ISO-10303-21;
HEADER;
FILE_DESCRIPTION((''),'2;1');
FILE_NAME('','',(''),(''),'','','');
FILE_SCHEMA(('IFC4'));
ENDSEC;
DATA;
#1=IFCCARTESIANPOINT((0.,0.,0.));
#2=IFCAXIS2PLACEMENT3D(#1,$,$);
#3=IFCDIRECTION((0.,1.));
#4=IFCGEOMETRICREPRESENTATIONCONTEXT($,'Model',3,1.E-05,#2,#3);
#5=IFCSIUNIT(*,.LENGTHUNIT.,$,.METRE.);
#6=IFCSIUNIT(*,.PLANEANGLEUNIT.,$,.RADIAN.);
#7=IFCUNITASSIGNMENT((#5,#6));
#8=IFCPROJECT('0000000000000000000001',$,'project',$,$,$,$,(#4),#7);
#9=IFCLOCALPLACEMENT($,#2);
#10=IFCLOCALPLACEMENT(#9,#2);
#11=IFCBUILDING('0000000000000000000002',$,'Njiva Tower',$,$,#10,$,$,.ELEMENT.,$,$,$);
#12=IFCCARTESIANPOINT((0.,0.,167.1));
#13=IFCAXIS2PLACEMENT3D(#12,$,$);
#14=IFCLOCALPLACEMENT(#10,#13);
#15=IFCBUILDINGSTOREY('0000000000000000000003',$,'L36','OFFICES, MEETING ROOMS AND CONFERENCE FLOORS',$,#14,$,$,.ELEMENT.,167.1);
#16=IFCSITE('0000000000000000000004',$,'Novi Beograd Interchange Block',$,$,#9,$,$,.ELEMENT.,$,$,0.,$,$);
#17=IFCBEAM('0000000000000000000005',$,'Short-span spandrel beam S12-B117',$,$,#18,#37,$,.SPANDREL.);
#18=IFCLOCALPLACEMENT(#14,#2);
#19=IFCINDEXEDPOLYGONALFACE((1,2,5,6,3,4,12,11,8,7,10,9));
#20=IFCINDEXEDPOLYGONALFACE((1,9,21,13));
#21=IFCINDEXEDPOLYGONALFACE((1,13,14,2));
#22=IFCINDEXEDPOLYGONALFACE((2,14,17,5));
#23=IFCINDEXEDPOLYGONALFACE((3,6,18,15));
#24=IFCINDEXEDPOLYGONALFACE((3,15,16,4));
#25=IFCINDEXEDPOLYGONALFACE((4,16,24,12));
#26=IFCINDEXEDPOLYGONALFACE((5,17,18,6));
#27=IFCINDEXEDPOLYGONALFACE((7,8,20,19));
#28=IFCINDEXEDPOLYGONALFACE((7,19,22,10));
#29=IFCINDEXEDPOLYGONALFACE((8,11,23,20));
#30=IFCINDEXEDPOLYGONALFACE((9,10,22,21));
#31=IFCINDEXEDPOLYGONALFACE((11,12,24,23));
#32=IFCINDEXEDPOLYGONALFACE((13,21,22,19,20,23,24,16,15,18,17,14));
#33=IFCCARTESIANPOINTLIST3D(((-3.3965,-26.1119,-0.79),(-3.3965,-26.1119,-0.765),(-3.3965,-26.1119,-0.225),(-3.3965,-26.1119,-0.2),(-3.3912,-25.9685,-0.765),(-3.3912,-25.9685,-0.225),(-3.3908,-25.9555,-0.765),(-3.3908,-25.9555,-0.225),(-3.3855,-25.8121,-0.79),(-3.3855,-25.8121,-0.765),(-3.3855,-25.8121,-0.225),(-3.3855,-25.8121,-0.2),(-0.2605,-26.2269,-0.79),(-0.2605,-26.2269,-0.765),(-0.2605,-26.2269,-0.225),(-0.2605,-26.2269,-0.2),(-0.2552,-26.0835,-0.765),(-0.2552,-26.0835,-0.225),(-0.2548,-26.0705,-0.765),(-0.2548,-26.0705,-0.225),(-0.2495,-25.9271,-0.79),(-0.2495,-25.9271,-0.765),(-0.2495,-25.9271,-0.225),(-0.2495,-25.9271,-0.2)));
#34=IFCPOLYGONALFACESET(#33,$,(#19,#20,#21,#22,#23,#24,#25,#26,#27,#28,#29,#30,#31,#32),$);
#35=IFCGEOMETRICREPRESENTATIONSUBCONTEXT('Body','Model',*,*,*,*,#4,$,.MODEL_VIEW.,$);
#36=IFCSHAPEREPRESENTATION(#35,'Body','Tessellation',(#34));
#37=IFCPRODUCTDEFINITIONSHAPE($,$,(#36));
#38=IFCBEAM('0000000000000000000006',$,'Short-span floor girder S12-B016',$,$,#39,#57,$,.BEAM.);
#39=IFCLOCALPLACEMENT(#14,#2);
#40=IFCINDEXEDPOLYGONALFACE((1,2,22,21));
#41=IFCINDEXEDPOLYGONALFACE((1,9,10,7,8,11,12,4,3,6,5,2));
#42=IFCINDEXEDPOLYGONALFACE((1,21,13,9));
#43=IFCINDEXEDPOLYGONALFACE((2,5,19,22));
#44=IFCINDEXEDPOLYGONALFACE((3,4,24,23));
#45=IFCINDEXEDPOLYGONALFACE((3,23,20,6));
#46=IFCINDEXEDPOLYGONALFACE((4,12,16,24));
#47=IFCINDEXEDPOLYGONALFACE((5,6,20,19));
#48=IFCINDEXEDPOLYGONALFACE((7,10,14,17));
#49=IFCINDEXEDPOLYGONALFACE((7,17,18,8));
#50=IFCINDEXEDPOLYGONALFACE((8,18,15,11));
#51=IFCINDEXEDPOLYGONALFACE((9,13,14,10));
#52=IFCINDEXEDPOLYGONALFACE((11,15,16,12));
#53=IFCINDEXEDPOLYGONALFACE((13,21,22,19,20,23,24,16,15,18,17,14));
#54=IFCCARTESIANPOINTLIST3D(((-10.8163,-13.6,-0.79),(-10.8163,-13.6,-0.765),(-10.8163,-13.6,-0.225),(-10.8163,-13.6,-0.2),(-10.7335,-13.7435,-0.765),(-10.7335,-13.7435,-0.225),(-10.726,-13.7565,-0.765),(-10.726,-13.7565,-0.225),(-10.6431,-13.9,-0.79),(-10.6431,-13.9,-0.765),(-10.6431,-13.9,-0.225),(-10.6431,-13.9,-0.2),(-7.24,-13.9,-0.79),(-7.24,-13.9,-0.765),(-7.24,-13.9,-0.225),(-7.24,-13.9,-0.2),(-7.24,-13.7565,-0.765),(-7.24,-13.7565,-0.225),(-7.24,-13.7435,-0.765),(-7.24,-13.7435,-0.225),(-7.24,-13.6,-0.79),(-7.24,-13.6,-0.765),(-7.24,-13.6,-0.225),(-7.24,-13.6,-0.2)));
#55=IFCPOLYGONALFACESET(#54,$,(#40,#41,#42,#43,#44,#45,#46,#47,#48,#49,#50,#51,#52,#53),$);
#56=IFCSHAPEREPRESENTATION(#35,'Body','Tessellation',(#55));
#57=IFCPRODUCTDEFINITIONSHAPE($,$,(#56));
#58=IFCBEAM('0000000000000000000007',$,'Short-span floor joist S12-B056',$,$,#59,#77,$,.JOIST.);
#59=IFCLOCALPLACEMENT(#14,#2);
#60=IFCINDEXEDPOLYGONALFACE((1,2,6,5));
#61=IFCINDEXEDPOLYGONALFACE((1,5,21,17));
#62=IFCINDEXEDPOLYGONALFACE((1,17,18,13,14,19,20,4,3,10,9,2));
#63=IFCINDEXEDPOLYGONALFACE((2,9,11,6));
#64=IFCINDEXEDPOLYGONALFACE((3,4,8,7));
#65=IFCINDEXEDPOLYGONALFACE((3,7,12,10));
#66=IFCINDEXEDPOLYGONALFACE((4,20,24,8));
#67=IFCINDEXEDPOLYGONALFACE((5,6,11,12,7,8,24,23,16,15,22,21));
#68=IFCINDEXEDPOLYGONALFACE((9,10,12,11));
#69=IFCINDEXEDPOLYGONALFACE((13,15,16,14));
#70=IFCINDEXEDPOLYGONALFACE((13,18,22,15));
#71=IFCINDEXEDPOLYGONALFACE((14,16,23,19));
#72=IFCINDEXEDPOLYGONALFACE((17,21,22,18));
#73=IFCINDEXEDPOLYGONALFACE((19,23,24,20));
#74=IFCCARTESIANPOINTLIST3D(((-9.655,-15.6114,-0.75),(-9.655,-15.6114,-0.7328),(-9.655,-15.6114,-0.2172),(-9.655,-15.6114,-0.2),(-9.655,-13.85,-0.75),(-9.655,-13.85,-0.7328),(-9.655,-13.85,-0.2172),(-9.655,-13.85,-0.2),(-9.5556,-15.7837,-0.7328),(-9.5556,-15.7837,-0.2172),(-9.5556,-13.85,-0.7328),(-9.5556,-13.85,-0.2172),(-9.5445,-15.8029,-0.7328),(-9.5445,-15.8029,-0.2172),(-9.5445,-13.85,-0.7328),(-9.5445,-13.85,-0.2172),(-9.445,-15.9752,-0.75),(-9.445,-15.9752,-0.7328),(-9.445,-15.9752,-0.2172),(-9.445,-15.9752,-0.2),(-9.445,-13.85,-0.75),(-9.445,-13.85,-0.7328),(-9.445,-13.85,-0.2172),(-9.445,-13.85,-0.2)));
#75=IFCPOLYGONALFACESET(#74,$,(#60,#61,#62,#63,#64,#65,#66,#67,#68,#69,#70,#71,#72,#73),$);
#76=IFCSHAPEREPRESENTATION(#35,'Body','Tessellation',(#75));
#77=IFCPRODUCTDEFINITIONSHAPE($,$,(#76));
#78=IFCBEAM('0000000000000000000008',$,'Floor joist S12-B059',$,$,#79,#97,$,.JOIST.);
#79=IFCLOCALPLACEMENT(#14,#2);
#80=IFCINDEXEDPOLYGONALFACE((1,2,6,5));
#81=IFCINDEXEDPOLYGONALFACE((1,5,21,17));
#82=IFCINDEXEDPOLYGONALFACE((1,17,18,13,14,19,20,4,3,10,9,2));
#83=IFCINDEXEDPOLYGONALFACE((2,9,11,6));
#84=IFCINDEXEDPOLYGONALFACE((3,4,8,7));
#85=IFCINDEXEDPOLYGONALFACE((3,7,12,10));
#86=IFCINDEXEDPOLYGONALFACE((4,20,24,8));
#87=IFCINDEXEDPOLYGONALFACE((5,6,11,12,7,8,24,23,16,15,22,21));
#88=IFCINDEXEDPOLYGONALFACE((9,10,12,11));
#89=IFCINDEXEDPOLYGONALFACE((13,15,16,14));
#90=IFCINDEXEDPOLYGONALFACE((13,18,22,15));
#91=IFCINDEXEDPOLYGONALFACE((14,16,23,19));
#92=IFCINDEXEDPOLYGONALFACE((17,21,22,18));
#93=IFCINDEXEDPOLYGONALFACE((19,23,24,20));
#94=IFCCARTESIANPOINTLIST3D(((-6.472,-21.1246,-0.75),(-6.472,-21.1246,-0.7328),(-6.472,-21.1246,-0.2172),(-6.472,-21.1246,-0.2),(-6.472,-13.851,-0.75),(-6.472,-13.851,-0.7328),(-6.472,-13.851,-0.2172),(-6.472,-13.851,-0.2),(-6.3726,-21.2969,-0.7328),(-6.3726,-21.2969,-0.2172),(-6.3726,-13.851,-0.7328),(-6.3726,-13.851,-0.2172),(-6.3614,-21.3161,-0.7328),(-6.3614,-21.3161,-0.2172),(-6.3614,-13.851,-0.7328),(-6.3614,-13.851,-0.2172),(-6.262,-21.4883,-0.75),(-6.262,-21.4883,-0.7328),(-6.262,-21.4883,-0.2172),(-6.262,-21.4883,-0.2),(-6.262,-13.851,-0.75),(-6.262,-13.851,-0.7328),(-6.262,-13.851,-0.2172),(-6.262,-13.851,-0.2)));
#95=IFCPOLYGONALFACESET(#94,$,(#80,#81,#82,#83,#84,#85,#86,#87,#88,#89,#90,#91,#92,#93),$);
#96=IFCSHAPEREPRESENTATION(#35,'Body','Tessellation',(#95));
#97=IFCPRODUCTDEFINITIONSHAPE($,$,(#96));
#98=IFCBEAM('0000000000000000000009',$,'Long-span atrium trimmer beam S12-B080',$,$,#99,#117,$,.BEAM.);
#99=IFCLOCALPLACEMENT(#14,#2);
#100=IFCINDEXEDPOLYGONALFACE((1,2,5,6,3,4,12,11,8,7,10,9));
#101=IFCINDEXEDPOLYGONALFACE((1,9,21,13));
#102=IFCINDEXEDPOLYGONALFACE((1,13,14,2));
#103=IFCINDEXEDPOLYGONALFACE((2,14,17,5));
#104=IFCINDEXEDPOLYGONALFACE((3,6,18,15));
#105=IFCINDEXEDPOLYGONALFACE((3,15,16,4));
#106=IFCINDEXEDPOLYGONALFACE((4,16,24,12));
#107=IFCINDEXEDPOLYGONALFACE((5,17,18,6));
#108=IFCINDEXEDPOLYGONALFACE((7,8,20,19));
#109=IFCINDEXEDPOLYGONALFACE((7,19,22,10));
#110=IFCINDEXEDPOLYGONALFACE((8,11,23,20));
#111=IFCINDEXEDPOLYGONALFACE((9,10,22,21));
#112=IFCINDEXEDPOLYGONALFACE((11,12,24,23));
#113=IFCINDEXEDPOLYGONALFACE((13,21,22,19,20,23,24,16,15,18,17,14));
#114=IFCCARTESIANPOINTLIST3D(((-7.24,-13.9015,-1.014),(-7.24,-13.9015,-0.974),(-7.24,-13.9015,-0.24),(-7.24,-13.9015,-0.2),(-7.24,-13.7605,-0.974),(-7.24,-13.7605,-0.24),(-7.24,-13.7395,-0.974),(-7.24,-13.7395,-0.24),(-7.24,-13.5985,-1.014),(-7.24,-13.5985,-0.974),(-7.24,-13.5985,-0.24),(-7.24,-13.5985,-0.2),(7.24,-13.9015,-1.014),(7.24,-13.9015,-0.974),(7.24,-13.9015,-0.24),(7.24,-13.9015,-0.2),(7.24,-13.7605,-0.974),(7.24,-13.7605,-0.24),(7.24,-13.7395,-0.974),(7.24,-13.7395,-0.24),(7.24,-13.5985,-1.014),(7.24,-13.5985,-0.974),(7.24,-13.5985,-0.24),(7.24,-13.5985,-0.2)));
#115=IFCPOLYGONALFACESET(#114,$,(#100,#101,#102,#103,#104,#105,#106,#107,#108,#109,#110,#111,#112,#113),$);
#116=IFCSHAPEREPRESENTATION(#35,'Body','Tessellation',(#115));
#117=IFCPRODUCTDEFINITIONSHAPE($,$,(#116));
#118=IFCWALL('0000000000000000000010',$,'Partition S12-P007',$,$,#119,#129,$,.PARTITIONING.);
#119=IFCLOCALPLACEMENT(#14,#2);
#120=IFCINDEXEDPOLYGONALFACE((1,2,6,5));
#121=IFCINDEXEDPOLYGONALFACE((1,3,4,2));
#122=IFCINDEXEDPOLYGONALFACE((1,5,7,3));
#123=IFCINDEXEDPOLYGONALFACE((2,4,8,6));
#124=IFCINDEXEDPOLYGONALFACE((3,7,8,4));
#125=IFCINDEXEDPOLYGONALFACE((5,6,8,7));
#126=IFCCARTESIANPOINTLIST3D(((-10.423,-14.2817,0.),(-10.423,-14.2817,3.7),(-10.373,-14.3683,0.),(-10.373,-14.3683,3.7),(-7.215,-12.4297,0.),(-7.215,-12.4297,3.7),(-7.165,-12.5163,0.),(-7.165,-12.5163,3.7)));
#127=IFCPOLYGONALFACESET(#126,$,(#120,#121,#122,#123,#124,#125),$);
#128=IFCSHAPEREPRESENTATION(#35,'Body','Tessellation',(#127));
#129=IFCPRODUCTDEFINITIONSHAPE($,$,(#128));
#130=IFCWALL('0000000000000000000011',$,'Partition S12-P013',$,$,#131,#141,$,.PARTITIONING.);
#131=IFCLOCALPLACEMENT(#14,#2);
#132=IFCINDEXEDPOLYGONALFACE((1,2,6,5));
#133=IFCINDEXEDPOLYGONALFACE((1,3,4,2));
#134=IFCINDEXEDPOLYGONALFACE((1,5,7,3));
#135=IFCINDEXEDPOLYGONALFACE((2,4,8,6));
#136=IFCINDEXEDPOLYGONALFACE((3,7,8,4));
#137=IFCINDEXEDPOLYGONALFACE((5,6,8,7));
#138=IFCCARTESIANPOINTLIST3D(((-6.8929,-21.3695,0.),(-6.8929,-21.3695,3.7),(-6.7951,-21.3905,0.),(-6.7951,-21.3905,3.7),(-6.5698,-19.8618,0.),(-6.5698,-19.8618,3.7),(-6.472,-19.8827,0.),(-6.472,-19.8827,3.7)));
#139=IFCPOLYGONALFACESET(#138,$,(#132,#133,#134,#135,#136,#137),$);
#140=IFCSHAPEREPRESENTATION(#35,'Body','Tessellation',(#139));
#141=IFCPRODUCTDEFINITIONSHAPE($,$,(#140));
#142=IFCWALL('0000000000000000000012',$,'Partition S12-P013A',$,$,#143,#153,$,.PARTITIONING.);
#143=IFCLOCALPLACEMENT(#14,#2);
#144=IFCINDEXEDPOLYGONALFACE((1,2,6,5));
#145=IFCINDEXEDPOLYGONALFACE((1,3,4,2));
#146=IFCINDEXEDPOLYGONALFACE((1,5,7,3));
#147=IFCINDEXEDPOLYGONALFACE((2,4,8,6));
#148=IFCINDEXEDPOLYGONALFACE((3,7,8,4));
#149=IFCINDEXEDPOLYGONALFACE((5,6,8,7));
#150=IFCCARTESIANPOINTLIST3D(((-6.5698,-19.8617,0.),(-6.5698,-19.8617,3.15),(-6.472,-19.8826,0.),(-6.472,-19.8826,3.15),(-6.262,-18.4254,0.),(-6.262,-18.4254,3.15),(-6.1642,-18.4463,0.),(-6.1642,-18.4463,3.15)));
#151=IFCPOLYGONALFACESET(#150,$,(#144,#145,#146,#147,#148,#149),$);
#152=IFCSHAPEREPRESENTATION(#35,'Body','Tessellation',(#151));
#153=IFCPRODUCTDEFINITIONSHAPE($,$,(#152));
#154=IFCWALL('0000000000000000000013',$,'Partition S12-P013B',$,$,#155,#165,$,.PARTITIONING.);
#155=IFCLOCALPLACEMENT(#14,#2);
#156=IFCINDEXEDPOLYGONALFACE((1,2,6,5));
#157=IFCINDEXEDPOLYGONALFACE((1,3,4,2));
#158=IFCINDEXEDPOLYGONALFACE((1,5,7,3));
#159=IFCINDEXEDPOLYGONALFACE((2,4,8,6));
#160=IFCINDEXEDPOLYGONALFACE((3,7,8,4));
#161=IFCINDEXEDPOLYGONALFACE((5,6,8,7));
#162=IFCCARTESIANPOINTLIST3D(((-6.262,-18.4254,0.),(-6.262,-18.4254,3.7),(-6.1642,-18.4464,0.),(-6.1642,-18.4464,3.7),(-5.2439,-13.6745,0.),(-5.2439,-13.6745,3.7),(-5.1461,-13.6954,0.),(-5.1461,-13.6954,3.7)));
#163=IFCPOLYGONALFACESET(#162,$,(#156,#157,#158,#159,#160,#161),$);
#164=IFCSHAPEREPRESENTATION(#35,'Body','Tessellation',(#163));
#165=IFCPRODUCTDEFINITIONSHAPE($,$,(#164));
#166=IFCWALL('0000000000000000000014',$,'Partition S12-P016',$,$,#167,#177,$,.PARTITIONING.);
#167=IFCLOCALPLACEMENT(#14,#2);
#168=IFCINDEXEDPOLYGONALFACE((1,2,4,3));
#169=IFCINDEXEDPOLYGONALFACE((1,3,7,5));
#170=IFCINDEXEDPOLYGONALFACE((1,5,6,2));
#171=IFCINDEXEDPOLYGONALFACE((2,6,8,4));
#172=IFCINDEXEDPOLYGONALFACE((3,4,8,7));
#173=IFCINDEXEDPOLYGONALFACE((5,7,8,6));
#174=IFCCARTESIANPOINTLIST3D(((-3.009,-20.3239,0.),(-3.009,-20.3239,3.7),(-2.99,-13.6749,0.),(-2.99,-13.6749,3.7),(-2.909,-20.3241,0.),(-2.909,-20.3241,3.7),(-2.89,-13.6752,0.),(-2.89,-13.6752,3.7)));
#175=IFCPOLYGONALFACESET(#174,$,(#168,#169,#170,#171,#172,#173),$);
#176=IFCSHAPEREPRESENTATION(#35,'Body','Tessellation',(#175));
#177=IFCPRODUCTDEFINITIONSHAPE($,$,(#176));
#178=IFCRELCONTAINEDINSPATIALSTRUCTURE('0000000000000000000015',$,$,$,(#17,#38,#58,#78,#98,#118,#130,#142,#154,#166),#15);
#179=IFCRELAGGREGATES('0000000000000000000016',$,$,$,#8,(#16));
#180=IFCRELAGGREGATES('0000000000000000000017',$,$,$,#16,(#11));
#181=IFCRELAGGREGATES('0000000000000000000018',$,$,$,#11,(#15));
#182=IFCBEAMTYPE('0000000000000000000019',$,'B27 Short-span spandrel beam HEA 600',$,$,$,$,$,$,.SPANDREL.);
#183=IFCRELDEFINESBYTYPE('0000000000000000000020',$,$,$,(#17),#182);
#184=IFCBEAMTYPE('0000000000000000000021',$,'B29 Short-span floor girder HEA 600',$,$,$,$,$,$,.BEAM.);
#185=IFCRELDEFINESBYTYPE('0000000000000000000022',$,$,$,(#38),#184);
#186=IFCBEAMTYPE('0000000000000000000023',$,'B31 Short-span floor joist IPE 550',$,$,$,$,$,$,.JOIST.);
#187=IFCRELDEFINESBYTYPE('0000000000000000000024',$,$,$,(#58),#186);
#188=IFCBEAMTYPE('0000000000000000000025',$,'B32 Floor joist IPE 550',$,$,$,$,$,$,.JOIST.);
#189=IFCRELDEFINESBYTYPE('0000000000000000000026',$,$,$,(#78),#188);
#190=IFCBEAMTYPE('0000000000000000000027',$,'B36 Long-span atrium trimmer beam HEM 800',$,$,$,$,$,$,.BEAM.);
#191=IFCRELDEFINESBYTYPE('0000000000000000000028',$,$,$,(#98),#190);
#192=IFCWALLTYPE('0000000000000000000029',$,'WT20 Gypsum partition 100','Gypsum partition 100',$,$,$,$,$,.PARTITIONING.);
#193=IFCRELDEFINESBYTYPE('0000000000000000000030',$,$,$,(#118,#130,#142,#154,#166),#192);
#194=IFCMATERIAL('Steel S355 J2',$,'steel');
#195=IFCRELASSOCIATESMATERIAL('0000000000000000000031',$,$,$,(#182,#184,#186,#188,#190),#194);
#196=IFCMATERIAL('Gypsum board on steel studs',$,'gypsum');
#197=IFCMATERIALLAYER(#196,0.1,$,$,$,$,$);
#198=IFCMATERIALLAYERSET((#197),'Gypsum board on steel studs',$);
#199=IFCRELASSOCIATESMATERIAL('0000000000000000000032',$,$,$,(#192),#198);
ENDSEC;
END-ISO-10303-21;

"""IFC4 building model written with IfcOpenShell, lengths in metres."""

from ifc_helpers import new_model, si_unit, direction, frame, frame_2d, origin, origin_2d, place, context, subcontext, project, spatial, rectangle, i_section, extrude, clip, halfspace, material, layer, layer_set, material_profile, profile_set, type_object, element, save


model = new_model("IFC4")

# Units and contexts
model_context = context("Model", 3, precision=1e-05, world=origin(), true_north=direction((0.0, 1.0)))
body_context = subcontext(model_context, "Body", "Model", "MODEL_VIEW")
ifc_project = project(units=[si_unit("LENGTHUNIT", "METRE"), si_unit("PLANEANGLEUNIT", "RADIAN")], contexts=[model_context])

# Site, building, storey
site_placement = place(None, origin())
site = spatial("IfcSite", under=ifc_project, at=site_placement, Name="Novi Beograd Interchange Block", CompositionType="ELEMENT", RefElevation=0.0)
building_placement = place(site_placement, origin())
building = spatial("IfcBuilding", under=site, at=building_placement, Name="Njiva Tower", CompositionType="ELEMENT")
storey_placement = place(building_placement, frame((0.0, 0.0, 167.1)))
storey = spatial("IfcBuildingStorey", under=building, at=storey_placement, Name="L36", Description="OFFICES, MEETING ROOMS AND CONFERENCE FLOORS", CompositionType="ELEMENT", Elevation=167.1)

# Shared definitions
ifc_material_1 = material(Name="Steel S355 J2", Category="steel")

# Beams
ifc_material_profile_1 = material_profile(ifc_material_1, i_section(OverallWidth=0.3, OverallDepth=0.59, WebThickness=0.013, FlangeThickness=0.025, at=origin_2d()), Name="HEA 600")
ifc_profile_set_1 = profile_set([ifc_material_profile_1], Name="Steel S355 J2")
beam_type_1 = type_object("IfcBeamType", Name="B27 Short-span spandrel beam HEA 600", PredefinedType="SPANDREL", material=ifc_profile_set_1)
beam_1_placement = place(storey_placement, frame((-3.391, -25.962, -0.495), z_axis=(0.999328, -0.036646, 0.0), x_axis=(0.036646, 0.999328, 0.0)))
element("IfcBeam", 1, at=beam_1_placement, inside=storey, type_object=beam_type_1, Name="Short-span spandrel beam S12-B117", PredefinedType="SPANDREL", context=body_context, shape_type="SweptSolid", body=[
    extrude(i_section(OverallWidth=0.3, OverallDepth=0.59, WebThickness=0.013, FlangeThickness=0.025, at=origin_2d()), origin(), (0.0, 0.0, 1.0), 3.1381),
])
ifc_material_profile_2 = material_profile(ifc_material_1, i_section(OverallWidth=0.3, OverallDepth=0.59, WebThickness=0.013, FlangeThickness=0.025, at=origin_2d()), Name="HEA 600")
ifc_profile_set_2 = profile_set([ifc_material_profile_2], Name="Steel S355 J2")
beam_type_2 = type_object("IfcBeamType", Name="B29 Short-span floor girder HEA 600", PredefinedType="BEAM", material=ifc_profile_set_2)
beam_2_placement = place(storey_placement, frame((-10.837, -13.75, -0.495), z_axis=(1.0, 0.0, 0.0), x_axis=(0.0, 1.0, 0.0)))
element("IfcBeam", 2, at=beam_2_placement, inside=storey, type_object=beam_type_2, Name="Short-span floor girder S12-B016", PredefinedType="BEAM", context=body_context, shape_type="Clipping", body=[
    clip(extrude(i_section(OverallWidth=0.3, OverallDepth=0.59, WebThickness=0.013, FlangeThickness=0.025, at=origin_2d()), origin(), (0.0, 0.0, 1.0), 3.597), halfspace(frame((-0.025, 0.0, 0.1217), z_axis=(-0.499998, 0.0, -0.866027), x_axis=(0.0, -1.0, 0.0)), False)),
])
ifc_material_profile_3 = material_profile(ifc_material_1, i_section(OverallWidth=0.21, OverallDepth=0.55, WebThickness=0.0111, FlangeThickness=0.0172, at=origin_2d()), Name="IPE 550")
ifc_profile_set_3 = profile_set([ifc_material_profile_3], Name="Steel S355 J2")
beam_type_3 = type_object("IfcBeamType", Name="B31 Short-span floor joist IPE 550", PredefinedType="JOIST", material=ifc_profile_set_3)
beam_3_placement = place(storey_placement, frame((-9.55, -13.85, -0.475), z_axis=(0.0, -1.0, 0.0), x_axis=(1.0, 0.0, 0.0)))
element("IfcBeam", 3, at=beam_3_placement, inside=storey, type_object=beam_type_3, Name="Short-span floor joist S12-B056", PredefinedType="JOIST", context=body_context, shape_type="Clipping", body=[
    clip(extrude(i_section(OverallWidth=0.21, OverallDepth=0.55, WebThickness=0.0111, FlangeThickness=0.0172, at=origin_2d()), origin(), (0.0, 0.0, 1.0), 2.145), halfspace(frame((-0.0433, 0.0, 1.8683), z_axis=(-0.866027, 0.0, 0.499998), x_axis=(0.0, 1.0, 0.0)), False)),
])
ifc_material_profile_4 = material_profile(ifc_material_1, i_section(OverallWidth=0.21, OverallDepth=0.55, WebThickness=0.0111, FlangeThickness=0.0172, at=origin_2d()), Name="IPE 550")
ifc_profile_set_4 = profile_set([ifc_material_profile_4], Name="Steel S355 J2")
beam_type_4 = type_object("IfcBeamType", Name="B32 Floor joist IPE 550", PredefinedType="JOIST", material=ifc_profile_set_4)
beam_4_placement = place(storey_placement, frame((-6.367, -13.851, -0.475), z_axis=(0.0, -1.0, 0.0), x_axis=(1.0, 0.0, 0.0)))
element("IfcBeam", 4, at=beam_4_placement, inside=storey, type_object=beam_type_4, Name="Floor joist S12-B059", PredefinedType="JOIST", context=body_context, shape_type="Clipping", body=[
    clip(extrude(i_section(OverallWidth=0.21, OverallDepth=0.55, WebThickness=0.0111, FlangeThickness=0.0172, at=origin_2d()), origin(), (0.0, 0.0, 1.0), 7.658), halfspace(frame((-0.043, 0.0, 7.381), z_axis=(-0.866027, 0.0, 0.499998), x_axis=(0.0, 1.0, 0.0)), False)),
])
ifc_material_profile_5 = material_profile(ifc_material_1, i_section(OverallWidth=0.303, OverallDepth=0.814, WebThickness=0.021, FlangeThickness=0.04, at=origin_2d()), Name="HEM 800")
ifc_profile_set_5 = profile_set([ifc_material_profile_5], Name="Steel S355 J2")
beam_type_5 = type_object("IfcBeamType", Name="B36 Long-span atrium trimmer beam HEM 800", PredefinedType="BEAM", material=ifc_profile_set_5)
beam_5_placement = place(storey_placement, frame((-7.24, -13.75, -0.607), z_axis=(1.0, 0.0, 0.0), x_axis=(0.0, 1.0, 0.0)))
element("IfcBeam", 5, at=beam_5_placement, inside=storey, type_object=beam_type_5, Name="Long-span atrium trimmer beam S12-B080", PredefinedType="BEAM", context=body_context, shape_type="SweptSolid", body=[
    extrude(i_section(OverallWidth=0.303, OverallDepth=0.814, WebThickness=0.021, FlangeThickness=0.04, at=origin_2d()), origin(), (0.0, 0.0, 1.0), 14.48),
])

# Walls
ifc_material_2 = material(Name="Gypsum board on steel studs", Category="gypsum")
ifc_layer_1 = layer(ifc_material_2, 0.1)
ifc_layer_set_1 = layer_set([ifc_layer_1], Name="Gypsum board on steel studs")
wall_type_1 = type_object("IfcWallType", Name="WT20 Gypsum partition 100", Description="Gypsum partition 100", PredefinedType="PARTITIONING", material=ifc_layer_set_1)
wall_1_placement = place(storey_placement, frame((-10.398, -14.325, 0.0), z_axis=(0.0, 0.0, 1.0), x_axis=(0.866042, 0.499972, 0.0)))
element("IfcWall", 6, at=wall_1_placement, inside=storey, type_object=wall_type_1, Name="Partition S12-P007", PredefinedType="PARTITIONING", context=body_context, shape_type="SweptSolid", body=[
    extrude(rectangle(XDim=3.7042, YDim=0.1, at=frame_2d((1.8521, 0.0))), origin(), (0.0, 0.0, 1.0), 3.7),
])
wall_2_placement = place(storey_placement, frame((-6.844, -21.38, 0.0), z_axis=(0.0, 0.0, 1.0), x_axis=(0.209529, 0.977802, 0.0)))
element("IfcWall", 7, at=wall_2_placement, inside=storey, type_object=wall_type_1, Name="Partition S12-P013", PredefinedType="PARTITIONING", context=body_context, shape_type="SweptSolid", body=[
    extrude(rectangle(XDim=1.542, YDim=0.1, at=frame_2d((0.771, 0.0))), origin(), (0.0, 0.0, 1.0), 3.7),
])
wall_3_placement = place(storey_placement, frame((-6.5209, -19.8722, 0.0), z_axis=(0.0, 0.0, 1.0), x_axis=(0.209543, 0.977799, 0.0)))
element("IfcWall", 8, at=wall_3_placement, inside=storey, type_object=wall_type_1, Name="Partition S12-P013A", PredefinedType="PARTITIONING", context=body_context, shape_type="SweptSolid", body=[
    extrude(rectangle(XDim=1.4689, YDim=0.1, at=frame_2d((0.7345, 0.0))), origin(), (0.0, 0.0, 1.0), 3.15),
])
wall_4_placement = place(storey_placement, frame((-6.2131, -18.4359, 0.0), z_axis=(0.0, 0.0, 1.0), x_axis=(0.209539, 0.9778, 0.0)))
element("IfcWall", 9, at=wall_4_placement, inside=storey, type_object=wall_type_1, Name="Partition S12-P013B", PredefinedType="PARTITIONING", context=body_context, shape_type="SweptSolid", body=[
    extrude(rectangle(XDim=4.8588, YDim=0.1, at=frame_2d((2.4294, 0.0))), origin(), (0.0, 0.0, 1.0), 3.7),
])
wall_5_placement = place(storey_placement, frame((-2.959, -20.324, 0.0), z_axis=(0.0, 0.0, 1.0), x_axis=(0.002858, 0.999996, 0.0)))
element("IfcWall", 10, at=wall_5_placement, inside=storey, type_object=wall_type_1, Name="Partition S12-P016", PredefinedType="PARTITIONING", context=body_context, shape_type="SweptSolid", body=[
    extrude(rectangle(XDim=6.649, YDim=0.1, at=frame_2d((3.3245, 0.0))), origin(), (0.0, 0.0, 1.0), 3.7),
])

save(model, "model.ifc")
